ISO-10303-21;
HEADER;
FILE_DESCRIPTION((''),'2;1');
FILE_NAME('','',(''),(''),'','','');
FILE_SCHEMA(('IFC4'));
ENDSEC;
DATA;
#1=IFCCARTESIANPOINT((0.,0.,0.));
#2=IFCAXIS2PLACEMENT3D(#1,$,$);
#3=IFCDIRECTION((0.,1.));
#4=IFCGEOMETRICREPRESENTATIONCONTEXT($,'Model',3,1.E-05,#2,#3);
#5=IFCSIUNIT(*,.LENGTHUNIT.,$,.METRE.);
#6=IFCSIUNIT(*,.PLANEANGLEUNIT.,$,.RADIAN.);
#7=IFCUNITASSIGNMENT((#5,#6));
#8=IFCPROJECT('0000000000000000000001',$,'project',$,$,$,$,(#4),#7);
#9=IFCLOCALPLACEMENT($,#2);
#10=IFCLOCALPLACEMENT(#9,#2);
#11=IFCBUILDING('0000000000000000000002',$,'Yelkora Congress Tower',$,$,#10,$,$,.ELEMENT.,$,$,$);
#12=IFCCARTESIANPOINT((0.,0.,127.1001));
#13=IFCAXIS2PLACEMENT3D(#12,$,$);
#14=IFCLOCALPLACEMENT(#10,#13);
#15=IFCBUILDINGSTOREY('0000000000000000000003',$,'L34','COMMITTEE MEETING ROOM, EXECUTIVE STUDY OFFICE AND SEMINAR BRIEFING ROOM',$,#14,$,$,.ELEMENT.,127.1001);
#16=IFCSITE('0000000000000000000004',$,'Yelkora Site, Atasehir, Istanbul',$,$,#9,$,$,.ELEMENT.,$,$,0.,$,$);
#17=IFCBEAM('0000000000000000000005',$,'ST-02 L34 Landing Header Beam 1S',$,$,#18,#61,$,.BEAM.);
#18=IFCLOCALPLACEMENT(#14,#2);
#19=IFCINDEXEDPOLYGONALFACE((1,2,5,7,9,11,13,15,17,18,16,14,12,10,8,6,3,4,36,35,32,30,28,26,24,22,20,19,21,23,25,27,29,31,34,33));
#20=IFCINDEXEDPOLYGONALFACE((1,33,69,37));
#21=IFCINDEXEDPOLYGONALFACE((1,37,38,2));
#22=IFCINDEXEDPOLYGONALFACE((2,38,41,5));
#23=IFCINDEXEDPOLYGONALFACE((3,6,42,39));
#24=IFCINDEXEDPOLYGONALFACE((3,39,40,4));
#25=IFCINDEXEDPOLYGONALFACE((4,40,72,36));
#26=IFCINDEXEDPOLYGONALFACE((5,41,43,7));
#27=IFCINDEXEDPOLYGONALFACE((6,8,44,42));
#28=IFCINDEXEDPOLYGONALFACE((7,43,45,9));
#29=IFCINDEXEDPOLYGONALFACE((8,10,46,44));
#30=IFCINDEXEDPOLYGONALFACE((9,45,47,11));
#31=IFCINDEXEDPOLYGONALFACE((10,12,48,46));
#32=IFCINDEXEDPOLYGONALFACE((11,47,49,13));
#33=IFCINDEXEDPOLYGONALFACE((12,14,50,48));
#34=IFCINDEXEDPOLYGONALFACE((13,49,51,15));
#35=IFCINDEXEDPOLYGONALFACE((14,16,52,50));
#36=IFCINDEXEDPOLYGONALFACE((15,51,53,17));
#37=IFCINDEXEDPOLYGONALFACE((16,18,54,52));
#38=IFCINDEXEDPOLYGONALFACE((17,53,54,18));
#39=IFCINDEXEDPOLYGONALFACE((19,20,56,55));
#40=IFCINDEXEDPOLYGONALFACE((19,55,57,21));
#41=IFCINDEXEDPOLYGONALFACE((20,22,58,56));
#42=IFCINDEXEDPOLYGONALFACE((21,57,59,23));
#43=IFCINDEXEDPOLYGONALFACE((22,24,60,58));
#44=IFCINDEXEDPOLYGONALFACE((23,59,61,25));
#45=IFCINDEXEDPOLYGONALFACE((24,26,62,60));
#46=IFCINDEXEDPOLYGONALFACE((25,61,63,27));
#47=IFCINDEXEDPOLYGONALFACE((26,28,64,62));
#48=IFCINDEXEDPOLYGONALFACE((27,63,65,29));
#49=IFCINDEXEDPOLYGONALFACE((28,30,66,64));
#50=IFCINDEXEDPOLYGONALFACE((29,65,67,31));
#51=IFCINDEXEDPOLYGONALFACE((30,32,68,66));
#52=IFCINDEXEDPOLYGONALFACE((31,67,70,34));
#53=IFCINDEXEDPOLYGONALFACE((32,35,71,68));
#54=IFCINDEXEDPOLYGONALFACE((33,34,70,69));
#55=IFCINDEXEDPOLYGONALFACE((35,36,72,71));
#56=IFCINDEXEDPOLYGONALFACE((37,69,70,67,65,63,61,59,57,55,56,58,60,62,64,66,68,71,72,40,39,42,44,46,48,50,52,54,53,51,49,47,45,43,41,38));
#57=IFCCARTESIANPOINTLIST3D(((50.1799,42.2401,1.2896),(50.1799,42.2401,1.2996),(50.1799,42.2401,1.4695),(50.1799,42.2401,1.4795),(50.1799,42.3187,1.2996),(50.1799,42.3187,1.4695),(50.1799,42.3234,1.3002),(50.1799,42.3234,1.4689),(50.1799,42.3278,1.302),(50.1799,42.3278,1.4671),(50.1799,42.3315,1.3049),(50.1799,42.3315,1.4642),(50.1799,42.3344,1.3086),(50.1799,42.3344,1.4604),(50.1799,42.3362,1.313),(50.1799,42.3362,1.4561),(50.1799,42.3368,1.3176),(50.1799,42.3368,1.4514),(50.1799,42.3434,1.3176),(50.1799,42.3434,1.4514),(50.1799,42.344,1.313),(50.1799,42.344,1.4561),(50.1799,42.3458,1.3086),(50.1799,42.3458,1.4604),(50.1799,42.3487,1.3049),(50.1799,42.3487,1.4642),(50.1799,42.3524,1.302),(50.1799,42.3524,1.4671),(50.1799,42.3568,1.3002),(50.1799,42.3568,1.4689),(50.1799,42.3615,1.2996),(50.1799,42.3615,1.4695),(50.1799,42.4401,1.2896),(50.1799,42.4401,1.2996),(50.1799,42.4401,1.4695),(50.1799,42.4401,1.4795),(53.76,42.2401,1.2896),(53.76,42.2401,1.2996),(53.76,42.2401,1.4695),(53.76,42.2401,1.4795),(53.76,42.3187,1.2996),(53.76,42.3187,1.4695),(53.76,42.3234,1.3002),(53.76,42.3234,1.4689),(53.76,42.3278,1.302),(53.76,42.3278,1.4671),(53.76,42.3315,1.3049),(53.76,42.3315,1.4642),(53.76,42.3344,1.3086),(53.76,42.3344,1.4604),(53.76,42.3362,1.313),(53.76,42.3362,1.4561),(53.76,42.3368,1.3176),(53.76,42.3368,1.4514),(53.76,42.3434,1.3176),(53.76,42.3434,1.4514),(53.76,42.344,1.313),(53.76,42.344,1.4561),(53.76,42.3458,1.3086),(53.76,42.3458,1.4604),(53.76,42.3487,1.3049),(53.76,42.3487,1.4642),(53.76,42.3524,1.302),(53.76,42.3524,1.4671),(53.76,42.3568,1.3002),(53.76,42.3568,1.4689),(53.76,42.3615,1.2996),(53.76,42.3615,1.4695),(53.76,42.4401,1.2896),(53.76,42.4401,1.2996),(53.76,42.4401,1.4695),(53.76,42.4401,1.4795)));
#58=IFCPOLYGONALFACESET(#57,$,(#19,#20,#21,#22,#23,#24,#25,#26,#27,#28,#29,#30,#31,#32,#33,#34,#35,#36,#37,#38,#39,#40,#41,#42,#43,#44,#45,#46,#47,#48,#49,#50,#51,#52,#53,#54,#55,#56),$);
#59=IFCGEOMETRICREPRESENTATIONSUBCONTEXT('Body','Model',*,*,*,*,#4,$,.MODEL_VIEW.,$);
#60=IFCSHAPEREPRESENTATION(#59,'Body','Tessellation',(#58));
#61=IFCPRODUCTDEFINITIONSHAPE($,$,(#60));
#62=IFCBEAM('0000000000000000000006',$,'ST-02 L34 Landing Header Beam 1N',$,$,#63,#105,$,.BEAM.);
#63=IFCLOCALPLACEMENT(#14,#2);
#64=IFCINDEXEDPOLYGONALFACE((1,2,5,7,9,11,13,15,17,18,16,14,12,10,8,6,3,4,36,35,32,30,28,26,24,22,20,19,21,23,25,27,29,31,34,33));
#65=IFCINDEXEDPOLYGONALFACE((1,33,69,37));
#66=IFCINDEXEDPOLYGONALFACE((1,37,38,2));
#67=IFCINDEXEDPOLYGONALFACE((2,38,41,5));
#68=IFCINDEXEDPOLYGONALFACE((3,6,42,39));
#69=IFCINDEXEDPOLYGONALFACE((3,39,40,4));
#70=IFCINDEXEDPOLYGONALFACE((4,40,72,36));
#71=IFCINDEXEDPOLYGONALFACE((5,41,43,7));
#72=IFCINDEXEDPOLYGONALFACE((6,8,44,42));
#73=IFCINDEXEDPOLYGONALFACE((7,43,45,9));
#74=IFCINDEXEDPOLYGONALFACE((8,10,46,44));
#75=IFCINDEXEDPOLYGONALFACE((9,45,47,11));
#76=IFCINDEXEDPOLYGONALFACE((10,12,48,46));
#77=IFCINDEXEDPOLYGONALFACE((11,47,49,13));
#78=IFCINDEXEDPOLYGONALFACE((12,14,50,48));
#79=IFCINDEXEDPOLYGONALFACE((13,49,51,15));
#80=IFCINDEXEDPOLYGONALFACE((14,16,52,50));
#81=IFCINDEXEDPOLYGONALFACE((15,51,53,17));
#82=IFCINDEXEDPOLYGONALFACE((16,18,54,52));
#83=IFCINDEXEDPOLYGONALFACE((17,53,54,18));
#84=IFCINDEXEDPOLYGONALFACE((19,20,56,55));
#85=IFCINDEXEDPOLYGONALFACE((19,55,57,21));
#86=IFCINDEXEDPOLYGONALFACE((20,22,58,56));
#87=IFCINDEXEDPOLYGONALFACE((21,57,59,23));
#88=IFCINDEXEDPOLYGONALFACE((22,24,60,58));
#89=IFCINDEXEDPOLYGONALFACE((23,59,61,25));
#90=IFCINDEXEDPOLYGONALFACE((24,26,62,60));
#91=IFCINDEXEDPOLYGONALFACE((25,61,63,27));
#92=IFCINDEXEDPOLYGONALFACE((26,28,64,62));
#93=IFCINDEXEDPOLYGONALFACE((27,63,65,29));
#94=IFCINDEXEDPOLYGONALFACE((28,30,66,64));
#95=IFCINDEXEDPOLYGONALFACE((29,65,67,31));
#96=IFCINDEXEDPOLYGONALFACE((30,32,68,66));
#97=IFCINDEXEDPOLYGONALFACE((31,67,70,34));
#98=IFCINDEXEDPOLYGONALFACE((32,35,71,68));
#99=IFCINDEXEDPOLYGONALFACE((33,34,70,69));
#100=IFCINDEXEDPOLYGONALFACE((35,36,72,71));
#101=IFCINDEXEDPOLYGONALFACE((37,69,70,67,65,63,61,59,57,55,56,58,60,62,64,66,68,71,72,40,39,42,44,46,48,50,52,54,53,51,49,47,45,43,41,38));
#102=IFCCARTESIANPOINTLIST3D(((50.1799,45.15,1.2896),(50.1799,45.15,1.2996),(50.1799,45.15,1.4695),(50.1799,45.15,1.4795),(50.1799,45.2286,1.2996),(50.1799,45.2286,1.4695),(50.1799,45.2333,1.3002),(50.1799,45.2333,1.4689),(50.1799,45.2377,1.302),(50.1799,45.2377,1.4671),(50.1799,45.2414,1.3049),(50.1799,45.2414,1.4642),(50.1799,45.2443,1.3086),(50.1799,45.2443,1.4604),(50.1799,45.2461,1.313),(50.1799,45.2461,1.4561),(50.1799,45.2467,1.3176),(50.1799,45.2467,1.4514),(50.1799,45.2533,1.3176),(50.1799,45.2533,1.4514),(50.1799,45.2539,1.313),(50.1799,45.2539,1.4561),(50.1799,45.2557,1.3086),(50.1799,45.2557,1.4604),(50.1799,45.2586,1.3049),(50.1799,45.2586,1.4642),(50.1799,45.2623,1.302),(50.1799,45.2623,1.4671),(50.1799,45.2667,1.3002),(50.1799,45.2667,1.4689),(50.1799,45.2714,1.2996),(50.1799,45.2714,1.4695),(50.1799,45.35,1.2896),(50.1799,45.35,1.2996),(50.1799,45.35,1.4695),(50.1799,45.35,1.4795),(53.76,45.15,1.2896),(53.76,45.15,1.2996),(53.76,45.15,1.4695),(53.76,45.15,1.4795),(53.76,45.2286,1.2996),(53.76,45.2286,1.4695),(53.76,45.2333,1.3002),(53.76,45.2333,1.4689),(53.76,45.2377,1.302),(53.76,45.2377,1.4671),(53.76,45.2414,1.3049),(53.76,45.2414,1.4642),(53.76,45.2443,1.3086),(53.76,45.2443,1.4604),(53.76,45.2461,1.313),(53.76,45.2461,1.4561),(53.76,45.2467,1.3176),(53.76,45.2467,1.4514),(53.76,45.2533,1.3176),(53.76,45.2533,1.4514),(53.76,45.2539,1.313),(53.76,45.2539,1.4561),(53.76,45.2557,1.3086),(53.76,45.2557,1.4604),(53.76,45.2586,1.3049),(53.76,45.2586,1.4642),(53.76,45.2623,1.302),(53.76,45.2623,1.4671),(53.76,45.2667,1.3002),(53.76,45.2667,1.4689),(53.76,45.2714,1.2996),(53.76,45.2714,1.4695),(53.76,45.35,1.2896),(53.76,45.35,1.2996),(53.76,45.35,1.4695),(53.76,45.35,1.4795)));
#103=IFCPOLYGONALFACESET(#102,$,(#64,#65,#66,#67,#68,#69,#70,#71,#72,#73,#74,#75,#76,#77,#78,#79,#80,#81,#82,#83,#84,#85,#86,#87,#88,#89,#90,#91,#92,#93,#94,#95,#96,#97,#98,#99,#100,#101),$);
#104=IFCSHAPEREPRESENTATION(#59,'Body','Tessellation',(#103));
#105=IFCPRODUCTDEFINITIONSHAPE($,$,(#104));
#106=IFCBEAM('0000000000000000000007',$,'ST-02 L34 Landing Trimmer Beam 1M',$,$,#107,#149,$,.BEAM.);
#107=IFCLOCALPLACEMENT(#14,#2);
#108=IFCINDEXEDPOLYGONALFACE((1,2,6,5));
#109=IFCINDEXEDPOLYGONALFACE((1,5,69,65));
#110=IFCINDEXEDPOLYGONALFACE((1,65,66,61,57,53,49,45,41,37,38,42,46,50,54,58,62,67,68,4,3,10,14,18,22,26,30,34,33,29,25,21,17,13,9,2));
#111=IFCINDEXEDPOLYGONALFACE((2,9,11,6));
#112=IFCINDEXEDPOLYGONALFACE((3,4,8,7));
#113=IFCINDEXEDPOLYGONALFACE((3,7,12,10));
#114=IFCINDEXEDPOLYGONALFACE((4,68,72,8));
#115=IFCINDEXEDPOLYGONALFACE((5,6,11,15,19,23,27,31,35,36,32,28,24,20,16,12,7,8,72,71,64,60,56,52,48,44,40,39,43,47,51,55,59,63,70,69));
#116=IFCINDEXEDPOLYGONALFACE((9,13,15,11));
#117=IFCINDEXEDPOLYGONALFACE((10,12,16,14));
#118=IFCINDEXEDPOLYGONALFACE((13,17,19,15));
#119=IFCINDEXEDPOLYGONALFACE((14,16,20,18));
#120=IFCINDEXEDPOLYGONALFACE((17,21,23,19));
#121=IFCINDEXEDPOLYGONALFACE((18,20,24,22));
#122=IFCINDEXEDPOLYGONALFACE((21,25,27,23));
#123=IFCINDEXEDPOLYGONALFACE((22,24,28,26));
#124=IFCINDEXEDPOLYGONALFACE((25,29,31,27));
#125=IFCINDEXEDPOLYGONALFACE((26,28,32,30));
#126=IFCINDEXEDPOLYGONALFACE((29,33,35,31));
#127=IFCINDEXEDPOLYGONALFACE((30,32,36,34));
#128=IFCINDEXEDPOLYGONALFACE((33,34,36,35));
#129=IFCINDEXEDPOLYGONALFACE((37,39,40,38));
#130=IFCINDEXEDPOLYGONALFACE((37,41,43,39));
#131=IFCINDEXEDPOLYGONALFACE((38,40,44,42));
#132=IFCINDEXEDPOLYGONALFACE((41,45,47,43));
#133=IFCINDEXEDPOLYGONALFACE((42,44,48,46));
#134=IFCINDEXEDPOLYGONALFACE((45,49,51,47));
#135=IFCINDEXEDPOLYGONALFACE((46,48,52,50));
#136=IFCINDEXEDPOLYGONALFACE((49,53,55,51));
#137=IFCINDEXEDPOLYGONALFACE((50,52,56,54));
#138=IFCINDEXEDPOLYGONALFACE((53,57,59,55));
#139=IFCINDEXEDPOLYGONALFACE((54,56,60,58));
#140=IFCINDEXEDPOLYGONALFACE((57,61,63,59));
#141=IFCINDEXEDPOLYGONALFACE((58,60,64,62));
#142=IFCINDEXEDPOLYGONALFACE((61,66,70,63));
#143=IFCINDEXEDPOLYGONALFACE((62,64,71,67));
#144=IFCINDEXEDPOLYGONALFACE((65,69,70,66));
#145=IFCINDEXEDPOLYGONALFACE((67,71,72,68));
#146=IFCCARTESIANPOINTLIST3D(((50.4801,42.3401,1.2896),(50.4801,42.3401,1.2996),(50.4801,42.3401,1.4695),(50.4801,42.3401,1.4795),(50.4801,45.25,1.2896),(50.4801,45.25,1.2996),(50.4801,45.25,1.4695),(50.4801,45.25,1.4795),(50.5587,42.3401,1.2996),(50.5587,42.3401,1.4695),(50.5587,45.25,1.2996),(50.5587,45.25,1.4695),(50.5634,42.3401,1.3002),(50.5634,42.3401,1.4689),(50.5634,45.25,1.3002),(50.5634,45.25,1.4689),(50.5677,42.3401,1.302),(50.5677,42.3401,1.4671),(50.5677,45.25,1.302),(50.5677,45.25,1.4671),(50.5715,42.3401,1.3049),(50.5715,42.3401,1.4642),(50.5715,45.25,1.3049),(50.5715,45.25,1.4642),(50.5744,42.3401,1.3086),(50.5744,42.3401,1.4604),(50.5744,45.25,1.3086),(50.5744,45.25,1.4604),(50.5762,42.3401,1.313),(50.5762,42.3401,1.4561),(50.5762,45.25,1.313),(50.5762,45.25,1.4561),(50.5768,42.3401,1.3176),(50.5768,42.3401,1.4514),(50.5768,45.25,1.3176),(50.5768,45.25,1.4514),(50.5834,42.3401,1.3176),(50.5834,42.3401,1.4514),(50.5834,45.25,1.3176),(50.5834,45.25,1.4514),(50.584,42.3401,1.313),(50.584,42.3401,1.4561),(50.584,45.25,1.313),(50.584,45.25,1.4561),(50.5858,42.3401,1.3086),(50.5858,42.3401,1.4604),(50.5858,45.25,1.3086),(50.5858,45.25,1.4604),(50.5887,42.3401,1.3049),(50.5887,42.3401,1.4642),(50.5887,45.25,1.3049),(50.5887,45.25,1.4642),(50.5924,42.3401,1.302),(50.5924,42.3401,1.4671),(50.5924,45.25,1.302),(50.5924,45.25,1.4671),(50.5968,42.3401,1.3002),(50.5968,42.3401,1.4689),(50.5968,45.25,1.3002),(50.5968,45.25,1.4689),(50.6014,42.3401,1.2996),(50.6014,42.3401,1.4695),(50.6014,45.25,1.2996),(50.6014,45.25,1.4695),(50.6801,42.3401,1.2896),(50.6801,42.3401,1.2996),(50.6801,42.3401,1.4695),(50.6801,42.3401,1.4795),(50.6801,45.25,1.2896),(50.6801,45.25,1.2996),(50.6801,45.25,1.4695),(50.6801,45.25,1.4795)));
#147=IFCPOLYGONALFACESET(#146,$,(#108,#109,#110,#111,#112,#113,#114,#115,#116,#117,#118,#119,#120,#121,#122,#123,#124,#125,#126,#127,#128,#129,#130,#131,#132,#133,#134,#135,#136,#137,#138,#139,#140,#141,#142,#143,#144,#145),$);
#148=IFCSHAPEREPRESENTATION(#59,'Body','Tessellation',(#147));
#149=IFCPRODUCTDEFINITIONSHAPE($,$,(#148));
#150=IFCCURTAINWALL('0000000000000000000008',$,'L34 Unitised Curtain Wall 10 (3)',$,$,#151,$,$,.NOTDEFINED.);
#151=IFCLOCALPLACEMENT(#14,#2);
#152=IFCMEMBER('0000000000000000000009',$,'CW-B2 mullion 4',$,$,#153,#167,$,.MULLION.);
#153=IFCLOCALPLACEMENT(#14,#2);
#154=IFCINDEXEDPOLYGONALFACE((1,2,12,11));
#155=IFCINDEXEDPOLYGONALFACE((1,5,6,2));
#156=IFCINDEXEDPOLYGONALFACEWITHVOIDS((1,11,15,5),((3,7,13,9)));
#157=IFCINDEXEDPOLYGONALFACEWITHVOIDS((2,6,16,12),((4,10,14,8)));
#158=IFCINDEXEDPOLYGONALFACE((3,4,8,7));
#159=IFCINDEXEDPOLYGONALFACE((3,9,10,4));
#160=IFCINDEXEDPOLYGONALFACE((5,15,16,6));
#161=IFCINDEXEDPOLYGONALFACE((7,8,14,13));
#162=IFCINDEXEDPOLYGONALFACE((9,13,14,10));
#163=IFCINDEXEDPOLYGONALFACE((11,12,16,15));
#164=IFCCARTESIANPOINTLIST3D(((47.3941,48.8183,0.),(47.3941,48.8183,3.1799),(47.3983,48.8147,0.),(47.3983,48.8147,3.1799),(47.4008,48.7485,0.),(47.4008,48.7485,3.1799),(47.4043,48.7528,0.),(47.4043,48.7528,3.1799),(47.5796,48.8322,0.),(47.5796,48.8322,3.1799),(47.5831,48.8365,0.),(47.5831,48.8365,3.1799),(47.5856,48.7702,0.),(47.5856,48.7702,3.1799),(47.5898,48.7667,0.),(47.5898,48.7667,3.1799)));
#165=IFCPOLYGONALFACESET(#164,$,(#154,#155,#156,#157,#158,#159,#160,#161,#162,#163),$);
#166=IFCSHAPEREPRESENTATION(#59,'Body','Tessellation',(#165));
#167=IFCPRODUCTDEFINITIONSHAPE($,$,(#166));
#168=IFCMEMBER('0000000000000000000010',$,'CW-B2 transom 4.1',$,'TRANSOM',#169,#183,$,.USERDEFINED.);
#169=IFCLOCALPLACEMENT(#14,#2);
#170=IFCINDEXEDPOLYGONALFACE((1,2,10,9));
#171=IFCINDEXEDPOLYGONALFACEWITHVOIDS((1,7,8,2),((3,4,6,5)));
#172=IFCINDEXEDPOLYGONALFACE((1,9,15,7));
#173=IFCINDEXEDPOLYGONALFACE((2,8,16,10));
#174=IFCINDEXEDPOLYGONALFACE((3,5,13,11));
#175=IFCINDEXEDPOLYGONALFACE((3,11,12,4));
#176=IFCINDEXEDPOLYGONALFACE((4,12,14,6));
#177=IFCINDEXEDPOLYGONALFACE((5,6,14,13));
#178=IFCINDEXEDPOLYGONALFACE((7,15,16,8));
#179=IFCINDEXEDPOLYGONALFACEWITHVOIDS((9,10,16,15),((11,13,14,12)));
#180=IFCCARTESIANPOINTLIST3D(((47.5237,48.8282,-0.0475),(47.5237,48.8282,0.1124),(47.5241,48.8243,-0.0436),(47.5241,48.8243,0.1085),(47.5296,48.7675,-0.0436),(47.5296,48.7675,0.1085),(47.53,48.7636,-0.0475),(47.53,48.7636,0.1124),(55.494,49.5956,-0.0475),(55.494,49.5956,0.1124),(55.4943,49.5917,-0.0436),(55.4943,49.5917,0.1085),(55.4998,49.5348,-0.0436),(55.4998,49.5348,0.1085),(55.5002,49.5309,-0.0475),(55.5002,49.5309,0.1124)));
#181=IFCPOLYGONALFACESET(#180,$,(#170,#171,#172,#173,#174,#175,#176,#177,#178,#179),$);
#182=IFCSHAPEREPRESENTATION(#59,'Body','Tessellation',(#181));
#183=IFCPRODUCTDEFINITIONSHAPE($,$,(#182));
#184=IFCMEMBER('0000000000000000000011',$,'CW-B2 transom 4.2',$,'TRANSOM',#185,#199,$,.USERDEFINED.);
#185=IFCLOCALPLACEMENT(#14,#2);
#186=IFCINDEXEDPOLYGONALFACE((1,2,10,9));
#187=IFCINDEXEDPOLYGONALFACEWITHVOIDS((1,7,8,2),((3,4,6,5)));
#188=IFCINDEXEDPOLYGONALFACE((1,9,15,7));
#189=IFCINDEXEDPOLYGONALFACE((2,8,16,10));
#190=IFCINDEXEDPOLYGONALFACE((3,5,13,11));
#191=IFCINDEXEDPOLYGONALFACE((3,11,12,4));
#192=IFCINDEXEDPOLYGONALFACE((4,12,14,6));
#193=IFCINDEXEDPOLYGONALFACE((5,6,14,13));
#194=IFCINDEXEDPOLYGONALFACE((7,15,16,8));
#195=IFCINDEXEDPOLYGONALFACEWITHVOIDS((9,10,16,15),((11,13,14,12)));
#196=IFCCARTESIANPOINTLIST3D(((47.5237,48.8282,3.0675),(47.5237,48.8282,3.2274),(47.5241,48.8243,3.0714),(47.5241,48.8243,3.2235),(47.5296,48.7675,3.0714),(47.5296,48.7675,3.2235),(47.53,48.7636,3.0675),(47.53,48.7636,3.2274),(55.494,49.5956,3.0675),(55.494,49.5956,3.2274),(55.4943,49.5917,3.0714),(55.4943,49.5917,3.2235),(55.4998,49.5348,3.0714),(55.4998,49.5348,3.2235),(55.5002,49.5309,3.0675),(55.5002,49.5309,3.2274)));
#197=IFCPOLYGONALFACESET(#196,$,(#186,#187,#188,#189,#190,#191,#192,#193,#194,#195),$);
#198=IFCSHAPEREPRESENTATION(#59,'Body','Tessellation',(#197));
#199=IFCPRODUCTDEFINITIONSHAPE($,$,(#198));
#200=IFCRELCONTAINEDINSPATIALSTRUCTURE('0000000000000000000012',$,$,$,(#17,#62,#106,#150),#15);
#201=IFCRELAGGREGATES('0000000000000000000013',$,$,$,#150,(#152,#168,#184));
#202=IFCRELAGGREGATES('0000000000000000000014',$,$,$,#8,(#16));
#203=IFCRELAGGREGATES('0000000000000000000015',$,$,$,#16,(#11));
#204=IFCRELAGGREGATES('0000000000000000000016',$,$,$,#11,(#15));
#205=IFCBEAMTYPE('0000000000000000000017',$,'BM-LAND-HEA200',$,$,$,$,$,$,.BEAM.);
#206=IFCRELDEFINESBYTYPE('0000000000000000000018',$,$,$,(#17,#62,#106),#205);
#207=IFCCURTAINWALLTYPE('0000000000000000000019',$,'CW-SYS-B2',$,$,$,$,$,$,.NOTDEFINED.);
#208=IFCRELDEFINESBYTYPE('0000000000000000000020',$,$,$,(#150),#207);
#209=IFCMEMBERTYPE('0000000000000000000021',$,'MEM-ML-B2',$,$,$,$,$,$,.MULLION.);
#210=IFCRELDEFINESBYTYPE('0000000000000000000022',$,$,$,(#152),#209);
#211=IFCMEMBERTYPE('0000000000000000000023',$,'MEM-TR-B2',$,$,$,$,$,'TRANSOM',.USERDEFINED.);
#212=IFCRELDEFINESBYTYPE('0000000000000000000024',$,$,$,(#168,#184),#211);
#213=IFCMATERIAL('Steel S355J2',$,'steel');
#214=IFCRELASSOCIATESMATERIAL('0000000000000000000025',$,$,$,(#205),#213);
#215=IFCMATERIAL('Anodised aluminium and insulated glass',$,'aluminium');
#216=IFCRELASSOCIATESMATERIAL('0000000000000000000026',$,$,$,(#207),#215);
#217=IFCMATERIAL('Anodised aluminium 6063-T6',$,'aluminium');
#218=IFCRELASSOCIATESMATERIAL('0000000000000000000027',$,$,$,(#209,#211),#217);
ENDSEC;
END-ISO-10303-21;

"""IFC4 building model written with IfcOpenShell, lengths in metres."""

from ifc_helpers import new_model, si_unit, direction, frame, origin, origin_2d, place, context, subcontext, project, spatial, hollow_rectangle, i_section, extrude, material, material_profile, profile_set, type_object, element, aggregate, save


model = new_model("IFC4")

# Units and contexts
model_context = context("Model", 3, precision=1e-05, world=origin(), true_north=direction((0.0, 1.0)))
body_context = subcontext(model_context, "Body", "Model", "MODEL_VIEW")
ifc_project = project(units=[si_unit("LENGTHUNIT", "METRE"), si_unit("PLANEANGLEUNIT", "RADIAN")], contexts=[model_context])

# Site, building, storey
site_placement = place(None, origin())
site = spatial("IfcSite", under=ifc_project, at=site_placement, Name="Yelkora Site, Atasehir, Istanbul", CompositionType="ELEMENT", RefElevation=0.0)
building_placement = place(site_placement, origin())
building = spatial("IfcBuilding", under=site, at=building_placement, Name="Yelkora Congress Tower", CompositionType="ELEMENT")
storey_placement = place(building_placement, frame((0.0, 0.0, 127.1001)))
storey = spatial("IfcBuildingStorey", under=building, at=storey_placement, Name="L34", Description="COMMITTEE MEETING ROOM, EXECUTIVE STUDY OFFICE AND SEMINAR BRIEFING ROOM", CompositionType="ELEMENT", Elevation=127.1001)

# Beams
ifc_material_1 = material(Name="Steel S355J2", Category="steel")
ifc_material_profile_1 = material_profile(ifc_material_1, i_section(OverallWidth=0.2, OverallDepth=0.1899, WebThickness=0.0066, FlangeThickness=0.01, FilletRadius=0.0181, at=origin_2d()), Name="HEA 200")
ifc_profile_set_1 = profile_set([ifc_material_profile_1], Name="Steel S355J2")
beam_type_1 = type_object("IfcBeamType", Name="BM-LAND-HEA200", PredefinedType="BEAM", material=ifc_profile_set_1)
for number, where, z_axis, x_axis, name in (
    (1, (50.1799, 42.3401, 1.3845), (1.0, 0.0, 0.0), (0.0, 1.0, 0.0), "ST-02 L34 Landing Header Beam 1S"),
    (2, (50.1799, 45.25, 1.3845), (1.0, 0.0, 0.0), (0.0, 1.0, 0.0), "ST-02 L34 Landing Header Beam 1N"),
):
    element("IfcBeam", number, at=place(storey_placement, frame(where, z_axis=z_axis, x_axis=x_axis)), inside=storey, type_object=beam_type_1, Name=name, PredefinedType="BEAM", context=body_context, shape_type="SweptSolid", body=[
        extrude(i_section(OverallWidth=0.2, OverallDepth=0.1899, WebThickness=0.0066, FlangeThickness=0.01, FilletRadius=0.0181, at=origin_2d()), origin(), (0.0, 0.0, 1.0), 3.5801),
    ])
beam_1_placement = place(storey_placement, frame((50.5801, 42.3401, 1.3845), z_axis=(0.0, 1.0, 0.0), x_axis=(-1.0, 0.0, 0.0)))
element("IfcBeam", 3, at=beam_1_placement, inside=storey, type_object=beam_type_1, Name="ST-02 L34 Landing Trimmer Beam 1M", PredefinedType="BEAM", context=body_context, shape_type="SweptSolid", body=[
    extrude(i_section(OverallWidth=0.2, OverallDepth=0.1899, WebThickness=0.0066, FlangeThickness=0.01, FilletRadius=0.0181, at=origin_2d()), origin(), (0.0, 0.0, 1.0), 2.9099),
])

# Curtain wall, members
ifc_material_2 = material(Name="Anodised aluminium and insulated glass", Category="aluminium")
curtain_wall_type = type_object("IfcCurtainWallType", Name="CW-SYS-B2", PredefinedType="NOTDEFINED", material=ifc_material_2)
curtain_wall_placement = place(storey_placement, origin())
curtain_wall = element("IfcCurtainWall", 4, at=curtain_wall_placement, inside=storey, type_object=curtain_wall_type, Name="L34 Unitised Curtain Wall 10 (3)", PredefinedType="NOTDEFINED")
ifc_material_3 = material(Name="Anodised aluminium 6063-T6", Category="aluminium")
ifc_material_profile_2 = material_profile(ifc_material_3, hollow_rectangle(XDim=0.0701, YDim=0.1899, WallThickness=0.0039, at=origin_2d()), Name="ALU 70x190x4")
ifc_profile_set_2 = profile_set([ifc_material_profile_2], Name="Anodised aluminium 6063-T6")
member_type_1 = type_object("IfcMemberType", Name="MEM-ML-B2", PredefinedType="MULLION", material=ifc_profile_set_2)
member_1_placement = place(storey_placement, frame((47.4919, 48.7925, 0.0), z_axis=(0.0, 0.0, 1.0), x_axis=(-0.095844, 0.995396, 0.0)))
member_1 = element("IfcMember", 5, at=member_1_placement, type_object=member_type_1, Name="CW-B2 mullion 4", PredefinedType="MULLION", context=body_context, shape_type="SweptSolid", body=[
    extrude(hollow_rectangle(XDim=0.0701, YDim=0.1899, WallThickness=0.0039, at=origin_2d()), origin(), (0.0, 0.0, 1.0), 3.1799),
])
ifc_material_profile_3 = material_profile(ifc_material_3, hollow_rectangle(XDim=0.0649, YDim=0.1599, WallThickness=0.0039, at=origin_2d()), Name="ALU 65x160x4")
ifc_profile_set_3 = profile_set([ifc_material_profile_3], Name="Anodised aluminium 6063-T6")
member_type_2 = type_object("IfcMemberType", Name="MEM-TR-B2", ElementType="TRANSOM", PredefinedType="USERDEFINED", material=ifc_profile_set_3)
member_2_placement = place(storey_placement, frame((47.5269, 48.7959, 0.0325), z_axis=(0.995398, 0.095832, 0.0), x_axis=(-0.095832, 0.995398, 0.0)))
member_2 = element("IfcMember", 6, at=member_2_placement, type_object=member_type_2, Name="CW-B2 transom 4.1", ObjectType="TRANSOM", PredefinedType="USERDEFINED", context=body_context, shape_type="SweptSolid", body=[
    extrude(hollow_rectangle(XDim=0.0649, YDim=0.1599, WallThickness=0.0039, at=origin_2d()), origin(), (0.0, 0.0, 1.0), 8.0071),
])
member_3_placement = place(storey_placement, frame((47.5269, 48.7959, 3.1475), z_axis=(0.995398, 0.095832, 0.0), x_axis=(-0.095832, 0.995398, 0.0)))
member_3 = element("IfcMember", 7, at=member_3_placement, type_object=member_type_2, Name="CW-B2 transom 4.2", ObjectType="TRANSOM", PredefinedType="USERDEFINED", context=body_context, shape_type="SweptSolid", body=[
    extrude(hollow_rectangle(XDim=0.0649, YDim=0.1599, WallThickness=0.0039, at=origin_2d()), origin(), (0.0, 0.0, 1.0), 8.0071),
])
aggregate(curtain_wall, [member_1, member_2, member_3])

save(model, "model.ifc")
